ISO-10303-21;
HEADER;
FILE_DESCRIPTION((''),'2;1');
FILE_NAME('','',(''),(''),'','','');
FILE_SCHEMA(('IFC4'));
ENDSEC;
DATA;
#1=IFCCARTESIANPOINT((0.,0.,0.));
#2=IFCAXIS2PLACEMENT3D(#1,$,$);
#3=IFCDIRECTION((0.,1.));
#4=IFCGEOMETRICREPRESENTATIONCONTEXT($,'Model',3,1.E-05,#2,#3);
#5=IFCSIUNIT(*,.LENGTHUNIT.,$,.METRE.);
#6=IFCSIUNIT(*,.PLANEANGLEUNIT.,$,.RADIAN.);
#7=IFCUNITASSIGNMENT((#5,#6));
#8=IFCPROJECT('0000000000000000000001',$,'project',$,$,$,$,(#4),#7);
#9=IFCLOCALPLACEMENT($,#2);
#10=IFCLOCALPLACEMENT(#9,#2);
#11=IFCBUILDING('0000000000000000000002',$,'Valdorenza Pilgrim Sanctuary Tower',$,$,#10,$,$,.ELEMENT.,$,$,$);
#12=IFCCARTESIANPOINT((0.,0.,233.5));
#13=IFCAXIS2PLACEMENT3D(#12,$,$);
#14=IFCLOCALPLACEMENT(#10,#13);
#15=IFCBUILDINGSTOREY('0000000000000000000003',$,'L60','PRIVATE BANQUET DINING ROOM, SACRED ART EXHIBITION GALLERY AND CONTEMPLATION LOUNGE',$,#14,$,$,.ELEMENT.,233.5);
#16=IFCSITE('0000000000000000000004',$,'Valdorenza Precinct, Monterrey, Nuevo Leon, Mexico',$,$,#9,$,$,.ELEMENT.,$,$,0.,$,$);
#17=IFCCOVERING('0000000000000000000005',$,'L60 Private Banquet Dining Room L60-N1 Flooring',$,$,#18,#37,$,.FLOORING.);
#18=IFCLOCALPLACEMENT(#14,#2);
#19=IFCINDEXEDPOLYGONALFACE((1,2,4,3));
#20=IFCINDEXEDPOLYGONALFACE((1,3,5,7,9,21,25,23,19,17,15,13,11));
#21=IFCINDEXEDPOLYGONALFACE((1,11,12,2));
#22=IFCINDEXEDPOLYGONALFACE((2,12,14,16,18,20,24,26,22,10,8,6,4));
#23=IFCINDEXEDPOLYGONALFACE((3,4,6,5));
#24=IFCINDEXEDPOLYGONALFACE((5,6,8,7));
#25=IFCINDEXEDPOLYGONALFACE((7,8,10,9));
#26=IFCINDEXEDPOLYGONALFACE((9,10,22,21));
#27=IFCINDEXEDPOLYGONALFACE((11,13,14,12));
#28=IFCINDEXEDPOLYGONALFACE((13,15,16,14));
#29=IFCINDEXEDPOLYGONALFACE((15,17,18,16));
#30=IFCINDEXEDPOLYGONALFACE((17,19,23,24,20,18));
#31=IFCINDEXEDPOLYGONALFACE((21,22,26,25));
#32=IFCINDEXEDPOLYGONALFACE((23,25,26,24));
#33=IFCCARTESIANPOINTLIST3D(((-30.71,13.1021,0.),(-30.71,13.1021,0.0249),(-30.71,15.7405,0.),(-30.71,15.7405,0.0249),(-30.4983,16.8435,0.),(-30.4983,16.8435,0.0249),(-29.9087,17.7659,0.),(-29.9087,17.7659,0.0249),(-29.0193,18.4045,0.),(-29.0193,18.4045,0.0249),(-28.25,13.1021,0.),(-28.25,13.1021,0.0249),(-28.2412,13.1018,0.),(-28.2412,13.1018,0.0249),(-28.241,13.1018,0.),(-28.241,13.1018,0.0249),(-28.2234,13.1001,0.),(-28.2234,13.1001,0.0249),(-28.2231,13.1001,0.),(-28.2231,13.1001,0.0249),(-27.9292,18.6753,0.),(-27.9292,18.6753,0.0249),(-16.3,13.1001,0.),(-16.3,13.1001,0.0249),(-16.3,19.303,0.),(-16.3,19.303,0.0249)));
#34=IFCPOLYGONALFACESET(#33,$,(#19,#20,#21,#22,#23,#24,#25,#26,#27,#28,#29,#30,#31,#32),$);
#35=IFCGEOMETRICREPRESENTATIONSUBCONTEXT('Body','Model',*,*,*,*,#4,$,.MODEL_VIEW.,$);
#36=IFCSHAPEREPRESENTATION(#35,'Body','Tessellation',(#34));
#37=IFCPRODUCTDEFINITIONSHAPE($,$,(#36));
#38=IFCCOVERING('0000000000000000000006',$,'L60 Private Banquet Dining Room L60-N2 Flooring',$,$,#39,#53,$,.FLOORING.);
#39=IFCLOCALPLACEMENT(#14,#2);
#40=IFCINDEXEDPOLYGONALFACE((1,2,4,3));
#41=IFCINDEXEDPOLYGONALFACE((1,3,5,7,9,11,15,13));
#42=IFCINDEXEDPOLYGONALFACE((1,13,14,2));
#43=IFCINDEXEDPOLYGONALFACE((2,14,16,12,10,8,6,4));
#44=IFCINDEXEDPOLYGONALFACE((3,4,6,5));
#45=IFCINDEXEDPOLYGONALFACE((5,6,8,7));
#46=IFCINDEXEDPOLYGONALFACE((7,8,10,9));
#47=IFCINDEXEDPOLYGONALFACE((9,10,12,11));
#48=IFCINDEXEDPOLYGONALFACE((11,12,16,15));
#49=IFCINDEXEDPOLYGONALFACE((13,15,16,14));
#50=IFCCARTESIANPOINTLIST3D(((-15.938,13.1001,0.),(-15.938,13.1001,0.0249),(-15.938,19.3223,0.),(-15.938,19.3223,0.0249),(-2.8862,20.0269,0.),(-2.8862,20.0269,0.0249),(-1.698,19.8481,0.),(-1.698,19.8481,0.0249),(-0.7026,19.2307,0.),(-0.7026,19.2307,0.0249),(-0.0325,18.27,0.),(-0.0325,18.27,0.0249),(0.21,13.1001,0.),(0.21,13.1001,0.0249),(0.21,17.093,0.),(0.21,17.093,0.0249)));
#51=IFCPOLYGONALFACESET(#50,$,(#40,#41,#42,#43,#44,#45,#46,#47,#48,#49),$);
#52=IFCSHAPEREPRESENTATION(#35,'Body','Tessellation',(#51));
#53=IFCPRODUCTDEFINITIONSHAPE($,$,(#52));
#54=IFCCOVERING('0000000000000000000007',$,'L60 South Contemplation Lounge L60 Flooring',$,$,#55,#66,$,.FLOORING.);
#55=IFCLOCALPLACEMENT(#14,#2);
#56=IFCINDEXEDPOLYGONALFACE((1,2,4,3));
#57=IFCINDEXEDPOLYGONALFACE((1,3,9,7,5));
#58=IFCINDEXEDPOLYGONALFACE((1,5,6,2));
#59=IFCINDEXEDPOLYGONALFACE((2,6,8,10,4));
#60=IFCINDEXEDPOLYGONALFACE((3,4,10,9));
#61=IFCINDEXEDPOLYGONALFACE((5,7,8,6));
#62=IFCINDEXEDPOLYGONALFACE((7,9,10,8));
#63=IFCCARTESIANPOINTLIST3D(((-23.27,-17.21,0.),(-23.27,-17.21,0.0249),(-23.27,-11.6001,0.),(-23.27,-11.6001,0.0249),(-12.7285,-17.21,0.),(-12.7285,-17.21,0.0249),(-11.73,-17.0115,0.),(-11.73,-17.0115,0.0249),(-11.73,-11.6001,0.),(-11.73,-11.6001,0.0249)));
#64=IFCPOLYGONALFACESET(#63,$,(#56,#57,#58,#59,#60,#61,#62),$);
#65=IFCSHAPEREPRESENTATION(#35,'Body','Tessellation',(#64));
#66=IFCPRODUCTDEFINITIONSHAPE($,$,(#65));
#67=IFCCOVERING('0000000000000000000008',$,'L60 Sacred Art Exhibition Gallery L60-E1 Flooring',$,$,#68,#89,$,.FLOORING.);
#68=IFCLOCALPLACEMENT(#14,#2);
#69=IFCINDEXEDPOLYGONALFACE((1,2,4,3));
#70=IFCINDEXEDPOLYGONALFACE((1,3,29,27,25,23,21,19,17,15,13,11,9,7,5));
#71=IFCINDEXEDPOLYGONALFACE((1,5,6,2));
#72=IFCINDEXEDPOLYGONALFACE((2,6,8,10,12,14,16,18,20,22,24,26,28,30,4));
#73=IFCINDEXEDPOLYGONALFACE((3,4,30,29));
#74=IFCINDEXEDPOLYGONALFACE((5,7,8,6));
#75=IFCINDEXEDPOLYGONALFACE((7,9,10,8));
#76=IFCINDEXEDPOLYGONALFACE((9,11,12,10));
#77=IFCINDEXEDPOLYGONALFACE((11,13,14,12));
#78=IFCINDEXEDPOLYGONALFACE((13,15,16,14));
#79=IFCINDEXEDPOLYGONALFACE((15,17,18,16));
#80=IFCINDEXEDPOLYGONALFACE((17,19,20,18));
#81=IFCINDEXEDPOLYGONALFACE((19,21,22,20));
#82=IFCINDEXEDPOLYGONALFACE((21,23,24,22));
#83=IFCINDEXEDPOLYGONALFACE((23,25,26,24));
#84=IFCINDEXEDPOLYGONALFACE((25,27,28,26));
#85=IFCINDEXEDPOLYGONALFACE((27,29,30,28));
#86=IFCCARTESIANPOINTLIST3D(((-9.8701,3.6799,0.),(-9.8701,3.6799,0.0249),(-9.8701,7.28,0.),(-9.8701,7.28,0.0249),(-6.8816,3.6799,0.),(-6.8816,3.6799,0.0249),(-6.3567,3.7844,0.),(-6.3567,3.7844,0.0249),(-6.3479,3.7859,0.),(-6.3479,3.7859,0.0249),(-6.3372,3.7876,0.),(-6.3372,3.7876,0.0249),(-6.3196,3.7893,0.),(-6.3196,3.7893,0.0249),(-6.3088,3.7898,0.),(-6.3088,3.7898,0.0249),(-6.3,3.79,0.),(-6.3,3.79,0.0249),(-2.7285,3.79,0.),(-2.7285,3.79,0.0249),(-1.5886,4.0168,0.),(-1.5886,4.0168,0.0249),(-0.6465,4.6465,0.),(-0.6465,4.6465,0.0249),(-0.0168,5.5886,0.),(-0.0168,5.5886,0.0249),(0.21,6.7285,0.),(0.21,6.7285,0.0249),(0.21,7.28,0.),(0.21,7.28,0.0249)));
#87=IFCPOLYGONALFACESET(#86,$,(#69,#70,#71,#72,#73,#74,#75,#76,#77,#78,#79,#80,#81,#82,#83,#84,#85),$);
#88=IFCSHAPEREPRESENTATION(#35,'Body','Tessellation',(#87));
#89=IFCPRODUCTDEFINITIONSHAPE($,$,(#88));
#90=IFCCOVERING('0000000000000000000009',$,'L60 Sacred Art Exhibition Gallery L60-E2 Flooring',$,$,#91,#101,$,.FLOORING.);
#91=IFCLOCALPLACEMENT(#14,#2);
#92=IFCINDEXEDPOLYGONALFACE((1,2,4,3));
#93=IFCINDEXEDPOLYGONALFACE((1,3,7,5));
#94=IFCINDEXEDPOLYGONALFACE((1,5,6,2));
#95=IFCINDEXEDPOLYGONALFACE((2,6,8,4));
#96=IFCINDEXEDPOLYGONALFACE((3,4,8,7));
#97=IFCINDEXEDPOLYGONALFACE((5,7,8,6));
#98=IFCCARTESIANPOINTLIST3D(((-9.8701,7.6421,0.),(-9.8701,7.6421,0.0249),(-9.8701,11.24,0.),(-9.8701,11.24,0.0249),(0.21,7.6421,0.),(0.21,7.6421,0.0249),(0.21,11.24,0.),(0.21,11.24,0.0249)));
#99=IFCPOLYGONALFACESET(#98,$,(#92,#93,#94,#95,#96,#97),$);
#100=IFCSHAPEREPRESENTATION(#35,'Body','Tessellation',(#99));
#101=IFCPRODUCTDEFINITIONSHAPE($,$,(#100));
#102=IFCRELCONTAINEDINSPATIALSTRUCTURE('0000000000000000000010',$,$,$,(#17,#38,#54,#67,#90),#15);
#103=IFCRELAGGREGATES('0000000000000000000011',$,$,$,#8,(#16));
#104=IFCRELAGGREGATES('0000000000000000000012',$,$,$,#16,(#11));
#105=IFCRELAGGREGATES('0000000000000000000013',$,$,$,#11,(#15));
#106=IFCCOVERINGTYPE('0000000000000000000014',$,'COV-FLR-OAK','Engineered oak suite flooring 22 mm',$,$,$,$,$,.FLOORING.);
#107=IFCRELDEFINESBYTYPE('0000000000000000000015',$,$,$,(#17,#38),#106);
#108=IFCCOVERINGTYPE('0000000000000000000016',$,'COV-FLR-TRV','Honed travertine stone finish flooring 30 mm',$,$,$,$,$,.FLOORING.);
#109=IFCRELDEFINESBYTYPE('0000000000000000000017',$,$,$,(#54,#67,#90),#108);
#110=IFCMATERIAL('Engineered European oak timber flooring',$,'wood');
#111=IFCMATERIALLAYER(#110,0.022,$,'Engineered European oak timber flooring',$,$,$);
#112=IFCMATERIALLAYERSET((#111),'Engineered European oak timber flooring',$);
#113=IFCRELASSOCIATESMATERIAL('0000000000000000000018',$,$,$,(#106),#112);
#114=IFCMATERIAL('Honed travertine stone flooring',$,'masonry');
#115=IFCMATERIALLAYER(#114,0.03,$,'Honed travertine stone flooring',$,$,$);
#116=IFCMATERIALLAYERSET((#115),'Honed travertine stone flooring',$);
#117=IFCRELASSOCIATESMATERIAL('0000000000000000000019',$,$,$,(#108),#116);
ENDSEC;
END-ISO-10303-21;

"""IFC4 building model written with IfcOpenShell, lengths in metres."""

from ifc_helpers import new_model, si_unit, direction, frame, origin, place, context, subcontext, project, spatial, polyline, outline, extrude, material, layer, layer_set, type_object, element, save


model = new_model("IFC4")

# Units and contexts
model_context = context("Model", 3, precision=1e-05, world=origin(), true_north=direction((0.0, 1.0)))
body_context = subcontext(model_context, "Body", "Model", "MODEL_VIEW")
ifc_project = project(units=[si_unit("LENGTHUNIT", "METRE"), si_unit("PLANEANGLEUNIT", "RADIAN")], contexts=[model_context])

# Site, building, storey
site_placement = place(None, origin())
site = spatial("IfcSite", under=ifc_project, at=site_placement, Name="Valdorenza Precinct, Monterrey, Nuevo Leon, Mexico", CompositionType="ELEMENT", RefElevation=0.0)
building_placement = place(site_placement, origin())
building = spatial("IfcBuilding", under=site, at=building_placement, Name="Valdorenza Pilgrim Sanctuary Tower", CompositionType="ELEMENT")
storey_placement = place(building_placement, frame((0.0, 0.0, 233.5)))
storey = spatial("IfcBuildingStorey", under=building, at=storey_placement, Name="L60", Description="PRIVATE BANQUET DINING ROOM, SACRED ART EXHIBITION GALLERY AND CONTEMPLATION LOUNGE", CompositionType="ELEMENT", Elevation=233.5)

# Coverings
ifc_material_1 = material(Name="Engineered European oak timber flooring", Category="wood")
ifc_layer_1 = layer(ifc_material_1, 0.022, Name="Engineered European oak timber flooring")
ifc_layer_set_1 = layer_set([ifc_layer_1], Name="Engineered European oak timber flooring")
covering_type_1 = type_object("IfcCoveringType", Name="COV-FLR-OAK", Description="Engineered oak suite flooring 22 mm", PredefinedType="FLOORING", material=ifc_layer_set_1)
covering_1_placement = place(storey_placement, origin())
element("IfcCovering", 1, at=covering_1_placement, inside=storey, type_object=covering_type_1, Name="L60 Private Banquet Dining Room L60-N1 Flooring", PredefinedType="FLOORING", context=body_context, shape_type="SweptSolid", body=[
    extrude(outline(polyline([(-28.2231, 13.1001), (-28.2231, 13.1001), (-28.2234, 13.1001), (-28.241, 13.1018), (-28.2412, 13.1018), (-28.25, 13.1021), (-30.71, 13.1021), (-30.71, 15.7405), (-30.4983, 16.8435), (-29.9087, 17.7659), (-29.0193, 18.4045), (-27.9292, 18.6753), (-16.3, 19.303), (-16.3, 13.1001), (-28.2231, 13.1001)])), origin(), (0.0, 0.0, 1.0), 0.0249),
])
covering_2_placement = place(storey_placement, origin())
element("IfcCovering", 2, at=covering_2_placement, inside=storey, type_object=covering_type_1, Name="L60 Private Banquet Dining Room L60-N2 Flooring", PredefinedType="FLOORING", context=body_context, shape_type="SweptSolid", body=[
    extrude(outline(polyline([(-2.8862, 20.0269), (-1.698, 19.8481), (-0.7026, 19.2307), (-0.0325, 18.27), (0.21, 17.093), (0.21, 13.1001), (-15.938, 13.1001), (-15.938, 19.3223), (-2.8862, 20.0269)])), origin(), (0.0, 0.0, 1.0), 0.0249),
])
ifc_material_2 = material(Name="Honed travertine stone flooring", Category="masonry")
ifc_layer_2 = layer(ifc_material_2, 0.03, Name="Honed travertine stone flooring")
ifc_layer_set_2 = layer_set([ifc_layer_2], Name="Honed travertine stone flooring")
covering_type_2 = type_object("IfcCoveringType", Name="COV-FLR-TRV", Description="Honed travertine stone finish flooring 30 mm", PredefinedType="FLOORING", material=ifc_layer_set_2)
covering_3_placement = place(storey_placement, origin())
element("IfcCovering", 3, at=covering_3_placement, inside=storey, type_object=covering_type_2, Name="L60 South Contemplation Lounge L60 Flooring", PredefinedType="FLOORING", context=body_context, shape_type="SweptSolid", body=[
    extrude(outline(polyline([(-11.73, -11.6001), (-11.73, -17.0115), (-12.7285, -17.21), (-23.27, -17.21), (-23.27, -11.6001), (-11.73, -11.6001)])), origin(), (0.0, 0.0, 1.0), 0.0249),
])
covering_4_placement = place(storey_placement, origin())
element("IfcCovering", 4, at=covering_4_placement, inside=storey, type_object=covering_type_2, Name="L60 Sacred Art Exhibition Gallery L60-E1 Flooring", PredefinedType="FLOORING", context=body_context, shape_type="SweptSolid", body=[
    extrude(outline(polyline([(-9.8701, 7.28), (0.21, 7.28), (0.21, 6.7285), (-0.0168, 5.5886), (-0.6465, 4.6465), (-1.5886, 4.0168), (-2.7285, 3.79), (-6.3, 3.79), (-6.3088, 3.7898), (-6.3196, 3.7893), (-6.3372, 3.7876), (-6.3479, 3.7859), (-6.3567, 3.7844), (-6.8816, 3.6799), (-9.8701, 3.6799), (-9.8701, 7.28)])), origin(), (0.0, 0.0, 1.0), 0.0249),
])
covering_5_placement = place(storey_placement, origin())
element("IfcCovering", 5, at=covering_5_placement, inside=storey, type_object=covering_type_2, Name="L60 Sacred Art Exhibition Gallery L60-E2 Flooring", PredefinedType="FLOORING", context=body_context, shape_type="SweptSolid", body=[
    extrude(outline(polyline([(-9.8701, 11.24), (0.21, 11.24), (0.21, 7.6421), (-9.8701, 7.6421), (-9.8701, 11.24)])), origin(), (0.0, 0.0, 1.0), 0.0249),
])

save(model, "model.ifc")
